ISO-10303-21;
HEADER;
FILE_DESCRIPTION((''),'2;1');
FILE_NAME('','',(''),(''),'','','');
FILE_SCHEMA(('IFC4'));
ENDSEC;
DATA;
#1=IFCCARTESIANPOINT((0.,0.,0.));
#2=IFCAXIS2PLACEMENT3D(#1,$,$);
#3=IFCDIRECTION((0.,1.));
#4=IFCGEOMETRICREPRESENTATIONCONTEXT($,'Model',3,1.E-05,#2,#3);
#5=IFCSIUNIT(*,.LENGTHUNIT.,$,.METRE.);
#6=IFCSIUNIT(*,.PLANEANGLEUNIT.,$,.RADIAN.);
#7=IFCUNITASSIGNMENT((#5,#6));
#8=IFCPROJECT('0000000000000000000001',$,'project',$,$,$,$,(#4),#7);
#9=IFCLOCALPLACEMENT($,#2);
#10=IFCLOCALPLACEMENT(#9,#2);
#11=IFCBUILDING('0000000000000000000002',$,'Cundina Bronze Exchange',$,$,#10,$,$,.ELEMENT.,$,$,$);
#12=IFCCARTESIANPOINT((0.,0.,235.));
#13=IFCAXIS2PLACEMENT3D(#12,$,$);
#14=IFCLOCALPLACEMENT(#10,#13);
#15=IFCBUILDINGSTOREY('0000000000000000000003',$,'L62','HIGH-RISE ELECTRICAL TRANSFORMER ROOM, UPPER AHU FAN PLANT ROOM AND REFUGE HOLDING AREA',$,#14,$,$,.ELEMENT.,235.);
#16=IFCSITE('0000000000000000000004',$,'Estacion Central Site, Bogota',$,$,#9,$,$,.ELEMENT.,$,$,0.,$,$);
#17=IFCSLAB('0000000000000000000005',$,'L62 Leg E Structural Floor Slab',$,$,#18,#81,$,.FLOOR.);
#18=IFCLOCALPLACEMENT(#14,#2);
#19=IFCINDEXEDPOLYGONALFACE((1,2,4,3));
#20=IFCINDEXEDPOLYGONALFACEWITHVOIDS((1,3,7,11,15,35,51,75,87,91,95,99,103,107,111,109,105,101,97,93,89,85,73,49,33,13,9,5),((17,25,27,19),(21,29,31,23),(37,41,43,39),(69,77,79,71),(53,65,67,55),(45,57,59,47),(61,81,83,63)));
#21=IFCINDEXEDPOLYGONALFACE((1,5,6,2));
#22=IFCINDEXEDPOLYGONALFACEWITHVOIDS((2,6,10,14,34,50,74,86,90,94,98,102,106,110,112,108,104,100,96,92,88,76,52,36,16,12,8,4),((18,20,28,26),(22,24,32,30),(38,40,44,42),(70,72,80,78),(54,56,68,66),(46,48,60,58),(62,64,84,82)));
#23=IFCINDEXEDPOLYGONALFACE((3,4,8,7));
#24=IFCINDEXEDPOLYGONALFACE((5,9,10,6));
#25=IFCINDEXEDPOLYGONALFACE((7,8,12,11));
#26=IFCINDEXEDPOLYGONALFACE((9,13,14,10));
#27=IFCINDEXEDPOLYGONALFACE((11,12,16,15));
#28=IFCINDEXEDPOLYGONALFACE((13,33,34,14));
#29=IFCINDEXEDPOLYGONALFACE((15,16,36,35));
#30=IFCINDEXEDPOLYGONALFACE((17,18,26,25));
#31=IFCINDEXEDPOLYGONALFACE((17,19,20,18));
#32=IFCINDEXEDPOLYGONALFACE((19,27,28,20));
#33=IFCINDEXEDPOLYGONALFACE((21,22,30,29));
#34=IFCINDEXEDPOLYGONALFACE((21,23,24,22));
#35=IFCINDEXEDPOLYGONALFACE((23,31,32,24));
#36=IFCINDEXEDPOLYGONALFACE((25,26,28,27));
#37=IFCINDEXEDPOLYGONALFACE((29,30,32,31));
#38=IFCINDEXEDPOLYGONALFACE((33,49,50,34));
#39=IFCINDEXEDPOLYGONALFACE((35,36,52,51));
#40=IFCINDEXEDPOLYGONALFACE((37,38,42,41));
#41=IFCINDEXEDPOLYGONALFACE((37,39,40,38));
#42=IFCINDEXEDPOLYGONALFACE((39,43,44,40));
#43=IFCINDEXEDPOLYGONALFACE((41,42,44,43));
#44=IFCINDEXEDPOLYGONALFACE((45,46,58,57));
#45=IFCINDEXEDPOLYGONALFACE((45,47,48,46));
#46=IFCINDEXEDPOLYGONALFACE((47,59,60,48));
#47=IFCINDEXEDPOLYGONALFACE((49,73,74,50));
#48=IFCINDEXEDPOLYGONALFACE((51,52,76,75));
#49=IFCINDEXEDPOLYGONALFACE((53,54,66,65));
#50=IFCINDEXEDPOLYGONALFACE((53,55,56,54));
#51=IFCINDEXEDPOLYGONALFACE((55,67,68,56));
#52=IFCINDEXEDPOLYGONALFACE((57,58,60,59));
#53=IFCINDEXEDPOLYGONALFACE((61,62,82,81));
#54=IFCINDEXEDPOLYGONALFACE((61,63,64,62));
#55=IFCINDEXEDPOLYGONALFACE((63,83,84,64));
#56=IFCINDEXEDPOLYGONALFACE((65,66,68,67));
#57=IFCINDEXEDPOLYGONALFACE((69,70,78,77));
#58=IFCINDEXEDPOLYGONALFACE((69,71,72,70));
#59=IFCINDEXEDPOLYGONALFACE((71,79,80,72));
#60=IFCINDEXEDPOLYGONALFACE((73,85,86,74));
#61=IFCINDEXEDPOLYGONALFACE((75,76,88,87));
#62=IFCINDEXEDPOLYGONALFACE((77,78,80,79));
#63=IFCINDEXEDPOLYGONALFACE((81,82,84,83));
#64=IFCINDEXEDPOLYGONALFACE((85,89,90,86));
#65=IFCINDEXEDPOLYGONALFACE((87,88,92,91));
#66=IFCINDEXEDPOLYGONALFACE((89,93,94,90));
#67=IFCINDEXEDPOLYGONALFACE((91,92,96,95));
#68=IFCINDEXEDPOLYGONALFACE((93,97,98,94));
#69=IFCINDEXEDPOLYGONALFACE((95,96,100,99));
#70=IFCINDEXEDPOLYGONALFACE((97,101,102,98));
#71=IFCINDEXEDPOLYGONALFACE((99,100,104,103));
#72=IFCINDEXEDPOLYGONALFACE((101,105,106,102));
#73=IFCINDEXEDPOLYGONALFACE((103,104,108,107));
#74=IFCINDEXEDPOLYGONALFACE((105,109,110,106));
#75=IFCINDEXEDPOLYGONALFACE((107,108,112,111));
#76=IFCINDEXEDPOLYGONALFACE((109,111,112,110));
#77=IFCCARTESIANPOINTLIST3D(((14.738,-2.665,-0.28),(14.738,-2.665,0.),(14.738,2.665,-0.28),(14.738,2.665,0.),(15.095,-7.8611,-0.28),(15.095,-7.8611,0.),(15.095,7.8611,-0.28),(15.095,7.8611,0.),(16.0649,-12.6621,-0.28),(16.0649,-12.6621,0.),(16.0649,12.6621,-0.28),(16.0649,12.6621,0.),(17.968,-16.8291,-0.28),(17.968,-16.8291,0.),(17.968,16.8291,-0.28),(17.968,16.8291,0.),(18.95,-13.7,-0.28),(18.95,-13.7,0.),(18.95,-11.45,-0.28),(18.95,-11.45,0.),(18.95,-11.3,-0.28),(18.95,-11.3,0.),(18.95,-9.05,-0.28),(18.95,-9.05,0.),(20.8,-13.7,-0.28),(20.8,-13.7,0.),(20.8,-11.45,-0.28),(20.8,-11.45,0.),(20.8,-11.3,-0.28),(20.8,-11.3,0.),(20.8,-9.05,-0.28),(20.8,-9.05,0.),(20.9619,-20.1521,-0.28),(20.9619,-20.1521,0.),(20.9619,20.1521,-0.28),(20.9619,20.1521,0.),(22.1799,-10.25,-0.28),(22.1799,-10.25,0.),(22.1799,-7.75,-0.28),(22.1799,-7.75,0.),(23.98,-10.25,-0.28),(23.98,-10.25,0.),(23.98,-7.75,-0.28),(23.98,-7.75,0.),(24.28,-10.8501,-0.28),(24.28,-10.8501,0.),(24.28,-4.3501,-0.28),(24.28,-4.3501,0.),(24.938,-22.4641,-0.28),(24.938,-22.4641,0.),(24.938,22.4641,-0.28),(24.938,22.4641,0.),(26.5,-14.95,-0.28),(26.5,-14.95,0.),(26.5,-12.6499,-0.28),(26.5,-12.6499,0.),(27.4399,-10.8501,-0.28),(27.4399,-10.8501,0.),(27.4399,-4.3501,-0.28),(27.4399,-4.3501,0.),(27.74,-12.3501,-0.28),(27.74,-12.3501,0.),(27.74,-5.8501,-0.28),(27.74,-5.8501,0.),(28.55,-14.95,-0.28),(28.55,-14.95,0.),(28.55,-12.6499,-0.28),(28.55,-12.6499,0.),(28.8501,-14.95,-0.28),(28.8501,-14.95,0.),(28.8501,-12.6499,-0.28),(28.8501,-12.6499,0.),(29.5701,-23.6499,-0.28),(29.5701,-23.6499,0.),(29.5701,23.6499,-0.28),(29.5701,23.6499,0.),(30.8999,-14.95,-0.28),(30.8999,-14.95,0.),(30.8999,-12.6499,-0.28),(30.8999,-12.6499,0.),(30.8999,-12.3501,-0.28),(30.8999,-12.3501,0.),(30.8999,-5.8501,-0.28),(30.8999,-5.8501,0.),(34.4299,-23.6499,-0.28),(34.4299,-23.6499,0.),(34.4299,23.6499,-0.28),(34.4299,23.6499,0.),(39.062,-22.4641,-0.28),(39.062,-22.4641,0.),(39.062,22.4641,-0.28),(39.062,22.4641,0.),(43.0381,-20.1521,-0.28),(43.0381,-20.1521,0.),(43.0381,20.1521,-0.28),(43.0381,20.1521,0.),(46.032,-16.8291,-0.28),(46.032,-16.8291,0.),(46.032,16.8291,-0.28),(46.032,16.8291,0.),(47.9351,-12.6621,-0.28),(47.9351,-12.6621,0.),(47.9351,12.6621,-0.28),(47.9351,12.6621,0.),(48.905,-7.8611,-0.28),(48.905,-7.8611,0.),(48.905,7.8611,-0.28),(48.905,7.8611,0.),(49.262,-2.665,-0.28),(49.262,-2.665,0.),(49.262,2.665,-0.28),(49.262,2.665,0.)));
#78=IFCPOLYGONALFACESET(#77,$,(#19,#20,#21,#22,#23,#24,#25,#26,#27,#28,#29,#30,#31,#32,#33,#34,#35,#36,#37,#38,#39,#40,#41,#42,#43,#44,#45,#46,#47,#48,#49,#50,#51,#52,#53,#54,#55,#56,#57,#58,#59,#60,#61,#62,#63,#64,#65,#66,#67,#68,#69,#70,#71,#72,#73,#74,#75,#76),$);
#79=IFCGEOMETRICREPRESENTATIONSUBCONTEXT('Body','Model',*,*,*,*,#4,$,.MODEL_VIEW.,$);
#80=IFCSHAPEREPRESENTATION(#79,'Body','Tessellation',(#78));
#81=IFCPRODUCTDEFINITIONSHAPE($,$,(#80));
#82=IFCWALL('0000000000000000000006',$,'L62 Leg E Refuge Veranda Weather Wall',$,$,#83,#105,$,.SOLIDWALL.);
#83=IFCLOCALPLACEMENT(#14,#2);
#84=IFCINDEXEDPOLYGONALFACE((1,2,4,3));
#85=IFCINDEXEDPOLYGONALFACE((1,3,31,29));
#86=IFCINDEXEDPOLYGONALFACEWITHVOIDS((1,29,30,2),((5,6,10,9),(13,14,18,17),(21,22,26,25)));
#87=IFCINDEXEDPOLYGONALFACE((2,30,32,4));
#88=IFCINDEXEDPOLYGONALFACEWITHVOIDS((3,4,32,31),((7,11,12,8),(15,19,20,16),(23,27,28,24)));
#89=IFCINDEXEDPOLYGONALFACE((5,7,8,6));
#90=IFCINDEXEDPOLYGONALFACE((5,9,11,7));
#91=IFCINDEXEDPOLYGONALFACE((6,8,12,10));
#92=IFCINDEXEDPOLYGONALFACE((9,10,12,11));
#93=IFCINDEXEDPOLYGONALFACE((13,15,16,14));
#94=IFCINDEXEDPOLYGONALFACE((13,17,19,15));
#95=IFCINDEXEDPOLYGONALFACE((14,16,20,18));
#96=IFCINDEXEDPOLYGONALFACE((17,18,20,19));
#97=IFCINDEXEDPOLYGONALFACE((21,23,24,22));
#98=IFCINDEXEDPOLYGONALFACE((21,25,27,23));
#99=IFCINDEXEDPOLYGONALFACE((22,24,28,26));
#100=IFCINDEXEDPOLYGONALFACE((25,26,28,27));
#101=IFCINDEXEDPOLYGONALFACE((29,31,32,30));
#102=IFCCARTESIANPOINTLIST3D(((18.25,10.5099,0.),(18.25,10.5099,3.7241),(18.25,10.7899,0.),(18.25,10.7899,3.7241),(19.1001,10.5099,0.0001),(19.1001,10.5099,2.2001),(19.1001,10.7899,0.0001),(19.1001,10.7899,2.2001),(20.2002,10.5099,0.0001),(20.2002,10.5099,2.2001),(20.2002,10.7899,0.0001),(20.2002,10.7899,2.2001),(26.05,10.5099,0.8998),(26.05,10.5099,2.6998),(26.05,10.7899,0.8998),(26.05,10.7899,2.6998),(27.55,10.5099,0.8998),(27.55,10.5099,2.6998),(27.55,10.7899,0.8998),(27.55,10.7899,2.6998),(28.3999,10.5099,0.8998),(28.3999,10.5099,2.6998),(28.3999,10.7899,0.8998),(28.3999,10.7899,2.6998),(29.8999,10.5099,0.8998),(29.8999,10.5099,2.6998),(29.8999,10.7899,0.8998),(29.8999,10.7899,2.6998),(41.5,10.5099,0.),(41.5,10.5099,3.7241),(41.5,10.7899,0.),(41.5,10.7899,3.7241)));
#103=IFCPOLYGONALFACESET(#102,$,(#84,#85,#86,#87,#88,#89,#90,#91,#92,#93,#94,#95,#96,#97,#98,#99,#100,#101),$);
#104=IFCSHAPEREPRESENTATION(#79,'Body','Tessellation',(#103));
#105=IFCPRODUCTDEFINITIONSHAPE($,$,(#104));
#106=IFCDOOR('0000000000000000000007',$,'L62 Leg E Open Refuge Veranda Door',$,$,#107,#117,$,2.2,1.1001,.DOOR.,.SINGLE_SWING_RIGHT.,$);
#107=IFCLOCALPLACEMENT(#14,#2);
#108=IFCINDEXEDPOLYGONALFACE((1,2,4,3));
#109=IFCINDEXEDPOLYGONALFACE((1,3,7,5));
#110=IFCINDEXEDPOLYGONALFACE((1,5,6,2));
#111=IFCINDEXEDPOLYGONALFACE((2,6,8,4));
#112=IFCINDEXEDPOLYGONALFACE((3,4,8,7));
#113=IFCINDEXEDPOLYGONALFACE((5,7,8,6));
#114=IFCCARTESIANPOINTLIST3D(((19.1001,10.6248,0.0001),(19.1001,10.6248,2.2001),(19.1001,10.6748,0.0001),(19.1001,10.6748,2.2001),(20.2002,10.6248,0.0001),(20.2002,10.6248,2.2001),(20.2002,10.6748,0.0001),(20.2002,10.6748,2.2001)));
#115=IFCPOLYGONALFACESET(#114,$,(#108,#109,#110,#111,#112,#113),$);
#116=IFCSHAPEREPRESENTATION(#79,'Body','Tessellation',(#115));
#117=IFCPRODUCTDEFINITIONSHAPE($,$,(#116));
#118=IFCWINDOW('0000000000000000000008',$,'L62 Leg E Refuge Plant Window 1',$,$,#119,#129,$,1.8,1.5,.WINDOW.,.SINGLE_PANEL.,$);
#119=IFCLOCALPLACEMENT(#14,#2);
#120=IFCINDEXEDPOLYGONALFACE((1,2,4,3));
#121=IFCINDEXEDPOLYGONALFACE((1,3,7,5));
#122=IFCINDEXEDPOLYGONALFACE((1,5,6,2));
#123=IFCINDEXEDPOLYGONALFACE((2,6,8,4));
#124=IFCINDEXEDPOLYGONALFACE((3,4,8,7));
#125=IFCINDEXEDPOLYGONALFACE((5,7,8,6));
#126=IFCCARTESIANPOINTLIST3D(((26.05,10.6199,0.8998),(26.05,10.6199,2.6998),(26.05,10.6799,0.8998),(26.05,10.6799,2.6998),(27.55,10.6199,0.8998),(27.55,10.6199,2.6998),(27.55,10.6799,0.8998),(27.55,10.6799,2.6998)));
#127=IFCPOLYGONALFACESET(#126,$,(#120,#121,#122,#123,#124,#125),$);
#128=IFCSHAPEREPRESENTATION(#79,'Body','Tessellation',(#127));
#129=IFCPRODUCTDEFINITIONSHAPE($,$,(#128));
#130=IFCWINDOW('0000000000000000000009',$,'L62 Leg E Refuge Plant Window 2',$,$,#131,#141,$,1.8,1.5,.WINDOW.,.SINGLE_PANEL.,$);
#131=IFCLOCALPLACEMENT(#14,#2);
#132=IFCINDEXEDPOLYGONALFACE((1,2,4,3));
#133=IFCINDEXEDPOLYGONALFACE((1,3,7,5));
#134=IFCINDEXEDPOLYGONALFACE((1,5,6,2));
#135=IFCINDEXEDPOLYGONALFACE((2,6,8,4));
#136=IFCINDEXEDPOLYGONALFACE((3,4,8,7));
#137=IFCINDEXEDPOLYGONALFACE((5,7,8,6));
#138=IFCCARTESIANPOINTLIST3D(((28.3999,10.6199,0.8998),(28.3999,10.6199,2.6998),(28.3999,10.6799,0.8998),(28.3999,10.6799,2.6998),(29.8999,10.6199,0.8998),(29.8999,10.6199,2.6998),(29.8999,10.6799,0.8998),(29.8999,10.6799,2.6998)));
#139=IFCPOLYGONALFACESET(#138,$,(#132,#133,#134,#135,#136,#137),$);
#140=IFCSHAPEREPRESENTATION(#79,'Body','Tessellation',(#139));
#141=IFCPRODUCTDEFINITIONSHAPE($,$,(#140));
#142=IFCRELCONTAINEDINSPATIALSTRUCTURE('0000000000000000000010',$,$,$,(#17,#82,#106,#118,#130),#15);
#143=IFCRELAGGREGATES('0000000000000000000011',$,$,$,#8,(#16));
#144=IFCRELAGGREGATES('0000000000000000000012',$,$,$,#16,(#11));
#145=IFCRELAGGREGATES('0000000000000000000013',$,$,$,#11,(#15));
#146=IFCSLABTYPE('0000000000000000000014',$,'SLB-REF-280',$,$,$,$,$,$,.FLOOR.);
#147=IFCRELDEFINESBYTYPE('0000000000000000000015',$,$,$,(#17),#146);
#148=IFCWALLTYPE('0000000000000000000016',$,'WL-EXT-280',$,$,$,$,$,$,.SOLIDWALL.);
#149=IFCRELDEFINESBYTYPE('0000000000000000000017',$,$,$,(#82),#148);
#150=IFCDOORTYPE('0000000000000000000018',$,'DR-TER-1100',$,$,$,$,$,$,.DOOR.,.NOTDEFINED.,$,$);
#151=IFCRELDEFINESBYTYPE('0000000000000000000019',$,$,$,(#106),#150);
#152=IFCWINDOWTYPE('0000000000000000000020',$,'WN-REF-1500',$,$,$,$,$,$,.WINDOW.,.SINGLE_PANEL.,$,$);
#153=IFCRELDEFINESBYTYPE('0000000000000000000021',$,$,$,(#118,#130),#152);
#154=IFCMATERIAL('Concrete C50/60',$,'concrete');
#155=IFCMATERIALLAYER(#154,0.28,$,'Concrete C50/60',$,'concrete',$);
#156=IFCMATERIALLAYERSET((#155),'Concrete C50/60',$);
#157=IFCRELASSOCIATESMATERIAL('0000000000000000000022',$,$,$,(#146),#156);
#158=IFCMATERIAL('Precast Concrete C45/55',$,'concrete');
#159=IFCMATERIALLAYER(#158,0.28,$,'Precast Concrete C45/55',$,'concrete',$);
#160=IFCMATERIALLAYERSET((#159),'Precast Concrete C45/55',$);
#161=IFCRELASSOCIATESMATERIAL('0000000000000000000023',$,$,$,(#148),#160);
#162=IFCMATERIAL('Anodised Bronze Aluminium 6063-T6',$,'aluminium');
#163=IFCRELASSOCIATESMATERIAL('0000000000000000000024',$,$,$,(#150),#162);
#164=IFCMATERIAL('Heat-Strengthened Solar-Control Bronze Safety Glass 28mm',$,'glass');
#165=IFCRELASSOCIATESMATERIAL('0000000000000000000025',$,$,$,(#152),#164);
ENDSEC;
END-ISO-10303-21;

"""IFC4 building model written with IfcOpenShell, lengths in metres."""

from ifc_helpers import new_model, si_unit, direction, frame, frame_2d, origin, place, context, subcontext, project, spatial, polyline, rectangle, outline, extrude, material, layer, layer_set, type_object, element, fill, save


model = new_model("IFC4")

# Units and contexts
model_context = context("Model", 3, precision=1e-05, world=origin(), true_north=direction((0.0, 1.0)))
body_context = subcontext(model_context, "Body", "Model", "MODEL_VIEW")
ifc_project = project(units=[si_unit("LENGTHUNIT", "METRE"), si_unit("PLANEANGLEUNIT", "RADIAN")], contexts=[model_context])

# Site, building, storey
site_placement = place(None, origin())
site = spatial("IfcSite", under=ifc_project, at=site_placement, Name="Estacion Central Site, Bogota", CompositionType="ELEMENT", RefElevation=0.0)
building_placement = place(site_placement, origin())
building = spatial("IfcBuilding", under=site, at=building_placement, Name="Cundina Bronze Exchange", CompositionType="ELEMENT")
storey_placement = place(building_placement, frame((0.0, 0.0, 235.0)))
storey = spatial("IfcBuildingStorey", under=building, at=storey_placement, Name="L62", Description="HIGH-RISE ELECTRICAL TRANSFORMER ROOM, UPPER AHU FAN PLANT ROOM AND REFUGE HOLDING AREA", CompositionType="ELEMENT", Elevation=235.0)

# Shared definitions
ifc_material_1 = material(Name="Concrete C50/60", Category="concrete")

# Slab
ifc_layer_1 = layer(ifc_material_1, 0.28, Name="Concrete C50/60", Category="concrete")
ifc_layer_set_1 = layer_set([ifc_layer_1], Name="Concrete C50/60")
slab_type_1 = type_object("IfcSlabType", Name="SLB-REF-280", PredefinedType="FLOOR", material=ifc_layer_set_1)
slab_1_placement = place(storey_placement, frame((0.0, 0.0, -0.28)))
element("IfcSlab", 1, at=slab_1_placement, inside=storey, type_object=slab_type_1, Name="L62 Leg E Structural Floor Slab", PredefinedType="FLOOR", context=body_context, shape_type="SweptSolid", body=[
    extrude(outline(polyline([(49.262, 2.665), (48.905, 7.8611), (47.9351, 12.6621), (46.032, 16.8291), (43.0381, 20.1521), (39.062, 22.4641), (34.4299, 23.6499), (29.5701, 23.6499), (24.938, 22.4641), (20.9619, 20.1521), (17.968, 16.8291), (16.0649, 12.6621), (15.095, 7.8611), (14.738, 2.665), (14.738, -2.665), (15.095, -7.8611), (16.0649, -12.6621), (17.968, -16.8291), (20.9619, -20.1521), (24.938, -22.4641), (29.5701, -23.6499), (34.4299, -23.6499), (39.062, -22.4641), (43.0381, -20.1521), (46.032, -16.8291), (47.9351, -12.6621), (48.905, -7.8611), (49.262, -2.665), (49.262, 2.665)]), holes=[polyline([(27.74, -5.8501), (27.74, -12.3501), (30.8999, -12.3501), (30.8999, -5.8501), (27.74, -5.8501)]), polyline([(27.4399, -10.8501), (27.4399, -4.3501), (24.28, -4.3501), (24.28, -10.8501), (27.4399, -10.8501)]), polyline([(22.1799, -7.75), (23.98, -7.75), (23.98, -10.25), (22.1799, -10.25), (22.1799, -7.75)]), polyline([(28.8501, -12.6499), (30.8999, -12.6499), (30.8999, -14.95), (28.8501, -14.95), (28.8501, -12.6499)]), polyline([(26.5, -12.6499), (28.55, -12.6499), (28.55, -14.95), (26.5, -14.95), (26.5, -12.6499)]), polyline([(18.95, -11.45), (20.8, -11.45), (20.8, -13.7), (18.95, -13.7), (18.95, -11.45)]), polyline([(18.95, -9.05), (20.8, -9.05), (20.8, -11.3), (18.95, -11.3), (18.95, -9.05)])]), origin(), (0.0, 0.0, 1.0), 0.28),
])

# Wall, openings, door, windows
ifc_material_2 = material(Name="Precast Concrete C45/55", Category="concrete")
ifc_layer_2 = layer(ifc_material_2, 0.28, Name="Precast Concrete C45/55", Category="concrete")
ifc_layer_set_2 = layer_set([ifc_layer_2], Name="Precast Concrete C45/55")
wall_type = type_object("IfcWallType", Name="WL-EXT-280", PredefinedType="SOLIDWALL", material=ifc_layer_set_2)
wall_placement = place(storey_placement, frame((18.25, 10.6499, 0.0), z_axis=(0.0, 0.0, 1.0), x_axis=(1.0, 0.0, 0.0)))
wall = element("IfcWall", 2, at=wall_placement, inside=storey, type_object=wall_type, Name="L62 Leg E Refuge Veranda Weather Wall", PredefinedType="SOLIDWALL", context=body_context, shape_type="SweptSolid", body=[
    extrude(rectangle(XDim=23.25, YDim=0.28, at=frame_2d((11.625, 0.0))), origin(), (0.0, 0.0, 1.0), 3.7241),
])
opening_1_placement = place(wall_placement, frame((0.8501, 0.0, 0.0)))
opening_1 = element("IfcOpeningElement", 3, at=opening_1_placement, cuts=wall, PredefinedType="OPENING", context=body_context, shape_type="SweptSolid", body=[
    extrude(rectangle(XDim=1.1001, YDim=2.2, at=frame_2d((0.55, 1.1001))), frame((0.0, 0.1499, 0.0), z_axis=(0.0, -1.0, 0.0), x_axis=(1.0, 0.0, 0.0)), (0.0, 0.0, 1.0), 0.3),
])
opening_2_placement = place(wall_placement, frame((7.8, 0.0, 0.8999)))
opening_2 = element("IfcOpeningElement", 4, at=opening_2_placement, cuts=wall, PredefinedType="OPENING", context=body_context, shape_type="SweptSolid", body=[
    extrude(rectangle(XDim=1.5, YDim=1.8, at=frame_2d((0.75, 0.8999))), frame((0.0, 0.1499, 0.0), z_axis=(0.0, -1.0, 0.0), x_axis=(1.0, 0.0, 0.0)), (0.0, 0.0, 1.0), 0.3),
])
opening_3_placement = place(wall_placement, frame((10.1499, 0.0, 0.8999)))
opening_3 = element("IfcOpeningElement", 5, at=opening_3_placement, cuts=wall, PredefinedType="OPENING", context=body_context, shape_type="SweptSolid", body=[
    extrude(rectangle(XDim=1.5, YDim=1.8, at=frame_2d((0.75, 0.8999))), frame((0.0, 0.1499, 0.0), z_axis=(0.0, -1.0, 0.0), x_axis=(1.0, 0.0, 0.0)), (0.0, 0.0, 1.0), 0.3),
])
ifc_material_3 = material(Name="Anodised Bronze Aluminium 6063-T6", Category="aluminium")
door_type = type_object("IfcDoorType", Name="DR-TER-1100", OperationType="NOTDEFINED", PredefinedType="DOOR", material=ifc_material_3)
door_placement = place(opening_1_placement, origin())
door = element("IfcDoor", 6, at=door_placement, inside=storey, type_object=door_type, Name="L62 Leg E Open Refuge Veranda Door", OperationType="SINGLE_SWING_RIGHT", OverallHeight=2.2, OverallWidth=1.1001, PredefinedType="DOOR", context=body_context, shape_type="SweptSolid", body=[
    extrude(rectangle(XDim=1.1001, YDim=2.2, at=frame_2d((0.55, 1.1001))), frame((0.0, 0.0249, 0.0), z_axis=(0.0, -1.0, 0.0), x_axis=(1.0, 0.0, 0.0)), (0.0, 0.0, 1.0), 0.05),
])
fill(opening_1, door)
ifc_material_4 = material(Name="Heat-Strengthened Solar-Control Bronze Safety Glass 28mm", Category="glass")
window_type = type_object("IfcWindowType", Name="WN-REF-1500", PartitioningType="SINGLE_PANEL", PredefinedType="WINDOW", material=ifc_material_4)
window_1_placement = place(opening_2_placement, origin())
window_1 = element("IfcWindow", 7, at=window_1_placement, inside=storey, type_object=window_type, Name="L62 Leg E Refuge Plant Window 1", OverallHeight=1.8, OverallWidth=1.5, PartitioningType="SINGLE_PANEL", PredefinedType="WINDOW", context=body_context, shape_type="SweptSolid", body=[
    extrude(rectangle(XDim=1.5, YDim=1.8, at=frame_2d((0.75, 0.8999))), frame((0.0, 0.03, 0.0), z_axis=(0.0, -1.0, 0.0), x_axis=(1.0, 0.0, 0.0)), (0.0, 0.0, 1.0), 0.0601),
])
fill(opening_2, window_1)
window_2_placement = place(opening_3_placement, origin())
window_2 = element("IfcWindow", 8, at=window_2_placement, inside=storey, type_object=window_type, Name="L62 Leg E Refuge Plant Window 2", OverallHeight=1.8, OverallWidth=1.5, PartitioningType="SINGLE_PANEL", PredefinedType="WINDOW", context=body_context, shape_type="SweptSolid", body=[
    extrude(rectangle(XDim=1.5, YDim=1.8, at=frame_2d((0.75, 0.8999))), frame((0.0, 0.03, 0.0), z_axis=(0.0, -1.0, 0.0), x_axis=(1.0, 0.0, 0.0)), (0.0, 0.0, 1.0), 0.0601),
])
fill(opening_3, window_2)

save(model, "model.ifc")
